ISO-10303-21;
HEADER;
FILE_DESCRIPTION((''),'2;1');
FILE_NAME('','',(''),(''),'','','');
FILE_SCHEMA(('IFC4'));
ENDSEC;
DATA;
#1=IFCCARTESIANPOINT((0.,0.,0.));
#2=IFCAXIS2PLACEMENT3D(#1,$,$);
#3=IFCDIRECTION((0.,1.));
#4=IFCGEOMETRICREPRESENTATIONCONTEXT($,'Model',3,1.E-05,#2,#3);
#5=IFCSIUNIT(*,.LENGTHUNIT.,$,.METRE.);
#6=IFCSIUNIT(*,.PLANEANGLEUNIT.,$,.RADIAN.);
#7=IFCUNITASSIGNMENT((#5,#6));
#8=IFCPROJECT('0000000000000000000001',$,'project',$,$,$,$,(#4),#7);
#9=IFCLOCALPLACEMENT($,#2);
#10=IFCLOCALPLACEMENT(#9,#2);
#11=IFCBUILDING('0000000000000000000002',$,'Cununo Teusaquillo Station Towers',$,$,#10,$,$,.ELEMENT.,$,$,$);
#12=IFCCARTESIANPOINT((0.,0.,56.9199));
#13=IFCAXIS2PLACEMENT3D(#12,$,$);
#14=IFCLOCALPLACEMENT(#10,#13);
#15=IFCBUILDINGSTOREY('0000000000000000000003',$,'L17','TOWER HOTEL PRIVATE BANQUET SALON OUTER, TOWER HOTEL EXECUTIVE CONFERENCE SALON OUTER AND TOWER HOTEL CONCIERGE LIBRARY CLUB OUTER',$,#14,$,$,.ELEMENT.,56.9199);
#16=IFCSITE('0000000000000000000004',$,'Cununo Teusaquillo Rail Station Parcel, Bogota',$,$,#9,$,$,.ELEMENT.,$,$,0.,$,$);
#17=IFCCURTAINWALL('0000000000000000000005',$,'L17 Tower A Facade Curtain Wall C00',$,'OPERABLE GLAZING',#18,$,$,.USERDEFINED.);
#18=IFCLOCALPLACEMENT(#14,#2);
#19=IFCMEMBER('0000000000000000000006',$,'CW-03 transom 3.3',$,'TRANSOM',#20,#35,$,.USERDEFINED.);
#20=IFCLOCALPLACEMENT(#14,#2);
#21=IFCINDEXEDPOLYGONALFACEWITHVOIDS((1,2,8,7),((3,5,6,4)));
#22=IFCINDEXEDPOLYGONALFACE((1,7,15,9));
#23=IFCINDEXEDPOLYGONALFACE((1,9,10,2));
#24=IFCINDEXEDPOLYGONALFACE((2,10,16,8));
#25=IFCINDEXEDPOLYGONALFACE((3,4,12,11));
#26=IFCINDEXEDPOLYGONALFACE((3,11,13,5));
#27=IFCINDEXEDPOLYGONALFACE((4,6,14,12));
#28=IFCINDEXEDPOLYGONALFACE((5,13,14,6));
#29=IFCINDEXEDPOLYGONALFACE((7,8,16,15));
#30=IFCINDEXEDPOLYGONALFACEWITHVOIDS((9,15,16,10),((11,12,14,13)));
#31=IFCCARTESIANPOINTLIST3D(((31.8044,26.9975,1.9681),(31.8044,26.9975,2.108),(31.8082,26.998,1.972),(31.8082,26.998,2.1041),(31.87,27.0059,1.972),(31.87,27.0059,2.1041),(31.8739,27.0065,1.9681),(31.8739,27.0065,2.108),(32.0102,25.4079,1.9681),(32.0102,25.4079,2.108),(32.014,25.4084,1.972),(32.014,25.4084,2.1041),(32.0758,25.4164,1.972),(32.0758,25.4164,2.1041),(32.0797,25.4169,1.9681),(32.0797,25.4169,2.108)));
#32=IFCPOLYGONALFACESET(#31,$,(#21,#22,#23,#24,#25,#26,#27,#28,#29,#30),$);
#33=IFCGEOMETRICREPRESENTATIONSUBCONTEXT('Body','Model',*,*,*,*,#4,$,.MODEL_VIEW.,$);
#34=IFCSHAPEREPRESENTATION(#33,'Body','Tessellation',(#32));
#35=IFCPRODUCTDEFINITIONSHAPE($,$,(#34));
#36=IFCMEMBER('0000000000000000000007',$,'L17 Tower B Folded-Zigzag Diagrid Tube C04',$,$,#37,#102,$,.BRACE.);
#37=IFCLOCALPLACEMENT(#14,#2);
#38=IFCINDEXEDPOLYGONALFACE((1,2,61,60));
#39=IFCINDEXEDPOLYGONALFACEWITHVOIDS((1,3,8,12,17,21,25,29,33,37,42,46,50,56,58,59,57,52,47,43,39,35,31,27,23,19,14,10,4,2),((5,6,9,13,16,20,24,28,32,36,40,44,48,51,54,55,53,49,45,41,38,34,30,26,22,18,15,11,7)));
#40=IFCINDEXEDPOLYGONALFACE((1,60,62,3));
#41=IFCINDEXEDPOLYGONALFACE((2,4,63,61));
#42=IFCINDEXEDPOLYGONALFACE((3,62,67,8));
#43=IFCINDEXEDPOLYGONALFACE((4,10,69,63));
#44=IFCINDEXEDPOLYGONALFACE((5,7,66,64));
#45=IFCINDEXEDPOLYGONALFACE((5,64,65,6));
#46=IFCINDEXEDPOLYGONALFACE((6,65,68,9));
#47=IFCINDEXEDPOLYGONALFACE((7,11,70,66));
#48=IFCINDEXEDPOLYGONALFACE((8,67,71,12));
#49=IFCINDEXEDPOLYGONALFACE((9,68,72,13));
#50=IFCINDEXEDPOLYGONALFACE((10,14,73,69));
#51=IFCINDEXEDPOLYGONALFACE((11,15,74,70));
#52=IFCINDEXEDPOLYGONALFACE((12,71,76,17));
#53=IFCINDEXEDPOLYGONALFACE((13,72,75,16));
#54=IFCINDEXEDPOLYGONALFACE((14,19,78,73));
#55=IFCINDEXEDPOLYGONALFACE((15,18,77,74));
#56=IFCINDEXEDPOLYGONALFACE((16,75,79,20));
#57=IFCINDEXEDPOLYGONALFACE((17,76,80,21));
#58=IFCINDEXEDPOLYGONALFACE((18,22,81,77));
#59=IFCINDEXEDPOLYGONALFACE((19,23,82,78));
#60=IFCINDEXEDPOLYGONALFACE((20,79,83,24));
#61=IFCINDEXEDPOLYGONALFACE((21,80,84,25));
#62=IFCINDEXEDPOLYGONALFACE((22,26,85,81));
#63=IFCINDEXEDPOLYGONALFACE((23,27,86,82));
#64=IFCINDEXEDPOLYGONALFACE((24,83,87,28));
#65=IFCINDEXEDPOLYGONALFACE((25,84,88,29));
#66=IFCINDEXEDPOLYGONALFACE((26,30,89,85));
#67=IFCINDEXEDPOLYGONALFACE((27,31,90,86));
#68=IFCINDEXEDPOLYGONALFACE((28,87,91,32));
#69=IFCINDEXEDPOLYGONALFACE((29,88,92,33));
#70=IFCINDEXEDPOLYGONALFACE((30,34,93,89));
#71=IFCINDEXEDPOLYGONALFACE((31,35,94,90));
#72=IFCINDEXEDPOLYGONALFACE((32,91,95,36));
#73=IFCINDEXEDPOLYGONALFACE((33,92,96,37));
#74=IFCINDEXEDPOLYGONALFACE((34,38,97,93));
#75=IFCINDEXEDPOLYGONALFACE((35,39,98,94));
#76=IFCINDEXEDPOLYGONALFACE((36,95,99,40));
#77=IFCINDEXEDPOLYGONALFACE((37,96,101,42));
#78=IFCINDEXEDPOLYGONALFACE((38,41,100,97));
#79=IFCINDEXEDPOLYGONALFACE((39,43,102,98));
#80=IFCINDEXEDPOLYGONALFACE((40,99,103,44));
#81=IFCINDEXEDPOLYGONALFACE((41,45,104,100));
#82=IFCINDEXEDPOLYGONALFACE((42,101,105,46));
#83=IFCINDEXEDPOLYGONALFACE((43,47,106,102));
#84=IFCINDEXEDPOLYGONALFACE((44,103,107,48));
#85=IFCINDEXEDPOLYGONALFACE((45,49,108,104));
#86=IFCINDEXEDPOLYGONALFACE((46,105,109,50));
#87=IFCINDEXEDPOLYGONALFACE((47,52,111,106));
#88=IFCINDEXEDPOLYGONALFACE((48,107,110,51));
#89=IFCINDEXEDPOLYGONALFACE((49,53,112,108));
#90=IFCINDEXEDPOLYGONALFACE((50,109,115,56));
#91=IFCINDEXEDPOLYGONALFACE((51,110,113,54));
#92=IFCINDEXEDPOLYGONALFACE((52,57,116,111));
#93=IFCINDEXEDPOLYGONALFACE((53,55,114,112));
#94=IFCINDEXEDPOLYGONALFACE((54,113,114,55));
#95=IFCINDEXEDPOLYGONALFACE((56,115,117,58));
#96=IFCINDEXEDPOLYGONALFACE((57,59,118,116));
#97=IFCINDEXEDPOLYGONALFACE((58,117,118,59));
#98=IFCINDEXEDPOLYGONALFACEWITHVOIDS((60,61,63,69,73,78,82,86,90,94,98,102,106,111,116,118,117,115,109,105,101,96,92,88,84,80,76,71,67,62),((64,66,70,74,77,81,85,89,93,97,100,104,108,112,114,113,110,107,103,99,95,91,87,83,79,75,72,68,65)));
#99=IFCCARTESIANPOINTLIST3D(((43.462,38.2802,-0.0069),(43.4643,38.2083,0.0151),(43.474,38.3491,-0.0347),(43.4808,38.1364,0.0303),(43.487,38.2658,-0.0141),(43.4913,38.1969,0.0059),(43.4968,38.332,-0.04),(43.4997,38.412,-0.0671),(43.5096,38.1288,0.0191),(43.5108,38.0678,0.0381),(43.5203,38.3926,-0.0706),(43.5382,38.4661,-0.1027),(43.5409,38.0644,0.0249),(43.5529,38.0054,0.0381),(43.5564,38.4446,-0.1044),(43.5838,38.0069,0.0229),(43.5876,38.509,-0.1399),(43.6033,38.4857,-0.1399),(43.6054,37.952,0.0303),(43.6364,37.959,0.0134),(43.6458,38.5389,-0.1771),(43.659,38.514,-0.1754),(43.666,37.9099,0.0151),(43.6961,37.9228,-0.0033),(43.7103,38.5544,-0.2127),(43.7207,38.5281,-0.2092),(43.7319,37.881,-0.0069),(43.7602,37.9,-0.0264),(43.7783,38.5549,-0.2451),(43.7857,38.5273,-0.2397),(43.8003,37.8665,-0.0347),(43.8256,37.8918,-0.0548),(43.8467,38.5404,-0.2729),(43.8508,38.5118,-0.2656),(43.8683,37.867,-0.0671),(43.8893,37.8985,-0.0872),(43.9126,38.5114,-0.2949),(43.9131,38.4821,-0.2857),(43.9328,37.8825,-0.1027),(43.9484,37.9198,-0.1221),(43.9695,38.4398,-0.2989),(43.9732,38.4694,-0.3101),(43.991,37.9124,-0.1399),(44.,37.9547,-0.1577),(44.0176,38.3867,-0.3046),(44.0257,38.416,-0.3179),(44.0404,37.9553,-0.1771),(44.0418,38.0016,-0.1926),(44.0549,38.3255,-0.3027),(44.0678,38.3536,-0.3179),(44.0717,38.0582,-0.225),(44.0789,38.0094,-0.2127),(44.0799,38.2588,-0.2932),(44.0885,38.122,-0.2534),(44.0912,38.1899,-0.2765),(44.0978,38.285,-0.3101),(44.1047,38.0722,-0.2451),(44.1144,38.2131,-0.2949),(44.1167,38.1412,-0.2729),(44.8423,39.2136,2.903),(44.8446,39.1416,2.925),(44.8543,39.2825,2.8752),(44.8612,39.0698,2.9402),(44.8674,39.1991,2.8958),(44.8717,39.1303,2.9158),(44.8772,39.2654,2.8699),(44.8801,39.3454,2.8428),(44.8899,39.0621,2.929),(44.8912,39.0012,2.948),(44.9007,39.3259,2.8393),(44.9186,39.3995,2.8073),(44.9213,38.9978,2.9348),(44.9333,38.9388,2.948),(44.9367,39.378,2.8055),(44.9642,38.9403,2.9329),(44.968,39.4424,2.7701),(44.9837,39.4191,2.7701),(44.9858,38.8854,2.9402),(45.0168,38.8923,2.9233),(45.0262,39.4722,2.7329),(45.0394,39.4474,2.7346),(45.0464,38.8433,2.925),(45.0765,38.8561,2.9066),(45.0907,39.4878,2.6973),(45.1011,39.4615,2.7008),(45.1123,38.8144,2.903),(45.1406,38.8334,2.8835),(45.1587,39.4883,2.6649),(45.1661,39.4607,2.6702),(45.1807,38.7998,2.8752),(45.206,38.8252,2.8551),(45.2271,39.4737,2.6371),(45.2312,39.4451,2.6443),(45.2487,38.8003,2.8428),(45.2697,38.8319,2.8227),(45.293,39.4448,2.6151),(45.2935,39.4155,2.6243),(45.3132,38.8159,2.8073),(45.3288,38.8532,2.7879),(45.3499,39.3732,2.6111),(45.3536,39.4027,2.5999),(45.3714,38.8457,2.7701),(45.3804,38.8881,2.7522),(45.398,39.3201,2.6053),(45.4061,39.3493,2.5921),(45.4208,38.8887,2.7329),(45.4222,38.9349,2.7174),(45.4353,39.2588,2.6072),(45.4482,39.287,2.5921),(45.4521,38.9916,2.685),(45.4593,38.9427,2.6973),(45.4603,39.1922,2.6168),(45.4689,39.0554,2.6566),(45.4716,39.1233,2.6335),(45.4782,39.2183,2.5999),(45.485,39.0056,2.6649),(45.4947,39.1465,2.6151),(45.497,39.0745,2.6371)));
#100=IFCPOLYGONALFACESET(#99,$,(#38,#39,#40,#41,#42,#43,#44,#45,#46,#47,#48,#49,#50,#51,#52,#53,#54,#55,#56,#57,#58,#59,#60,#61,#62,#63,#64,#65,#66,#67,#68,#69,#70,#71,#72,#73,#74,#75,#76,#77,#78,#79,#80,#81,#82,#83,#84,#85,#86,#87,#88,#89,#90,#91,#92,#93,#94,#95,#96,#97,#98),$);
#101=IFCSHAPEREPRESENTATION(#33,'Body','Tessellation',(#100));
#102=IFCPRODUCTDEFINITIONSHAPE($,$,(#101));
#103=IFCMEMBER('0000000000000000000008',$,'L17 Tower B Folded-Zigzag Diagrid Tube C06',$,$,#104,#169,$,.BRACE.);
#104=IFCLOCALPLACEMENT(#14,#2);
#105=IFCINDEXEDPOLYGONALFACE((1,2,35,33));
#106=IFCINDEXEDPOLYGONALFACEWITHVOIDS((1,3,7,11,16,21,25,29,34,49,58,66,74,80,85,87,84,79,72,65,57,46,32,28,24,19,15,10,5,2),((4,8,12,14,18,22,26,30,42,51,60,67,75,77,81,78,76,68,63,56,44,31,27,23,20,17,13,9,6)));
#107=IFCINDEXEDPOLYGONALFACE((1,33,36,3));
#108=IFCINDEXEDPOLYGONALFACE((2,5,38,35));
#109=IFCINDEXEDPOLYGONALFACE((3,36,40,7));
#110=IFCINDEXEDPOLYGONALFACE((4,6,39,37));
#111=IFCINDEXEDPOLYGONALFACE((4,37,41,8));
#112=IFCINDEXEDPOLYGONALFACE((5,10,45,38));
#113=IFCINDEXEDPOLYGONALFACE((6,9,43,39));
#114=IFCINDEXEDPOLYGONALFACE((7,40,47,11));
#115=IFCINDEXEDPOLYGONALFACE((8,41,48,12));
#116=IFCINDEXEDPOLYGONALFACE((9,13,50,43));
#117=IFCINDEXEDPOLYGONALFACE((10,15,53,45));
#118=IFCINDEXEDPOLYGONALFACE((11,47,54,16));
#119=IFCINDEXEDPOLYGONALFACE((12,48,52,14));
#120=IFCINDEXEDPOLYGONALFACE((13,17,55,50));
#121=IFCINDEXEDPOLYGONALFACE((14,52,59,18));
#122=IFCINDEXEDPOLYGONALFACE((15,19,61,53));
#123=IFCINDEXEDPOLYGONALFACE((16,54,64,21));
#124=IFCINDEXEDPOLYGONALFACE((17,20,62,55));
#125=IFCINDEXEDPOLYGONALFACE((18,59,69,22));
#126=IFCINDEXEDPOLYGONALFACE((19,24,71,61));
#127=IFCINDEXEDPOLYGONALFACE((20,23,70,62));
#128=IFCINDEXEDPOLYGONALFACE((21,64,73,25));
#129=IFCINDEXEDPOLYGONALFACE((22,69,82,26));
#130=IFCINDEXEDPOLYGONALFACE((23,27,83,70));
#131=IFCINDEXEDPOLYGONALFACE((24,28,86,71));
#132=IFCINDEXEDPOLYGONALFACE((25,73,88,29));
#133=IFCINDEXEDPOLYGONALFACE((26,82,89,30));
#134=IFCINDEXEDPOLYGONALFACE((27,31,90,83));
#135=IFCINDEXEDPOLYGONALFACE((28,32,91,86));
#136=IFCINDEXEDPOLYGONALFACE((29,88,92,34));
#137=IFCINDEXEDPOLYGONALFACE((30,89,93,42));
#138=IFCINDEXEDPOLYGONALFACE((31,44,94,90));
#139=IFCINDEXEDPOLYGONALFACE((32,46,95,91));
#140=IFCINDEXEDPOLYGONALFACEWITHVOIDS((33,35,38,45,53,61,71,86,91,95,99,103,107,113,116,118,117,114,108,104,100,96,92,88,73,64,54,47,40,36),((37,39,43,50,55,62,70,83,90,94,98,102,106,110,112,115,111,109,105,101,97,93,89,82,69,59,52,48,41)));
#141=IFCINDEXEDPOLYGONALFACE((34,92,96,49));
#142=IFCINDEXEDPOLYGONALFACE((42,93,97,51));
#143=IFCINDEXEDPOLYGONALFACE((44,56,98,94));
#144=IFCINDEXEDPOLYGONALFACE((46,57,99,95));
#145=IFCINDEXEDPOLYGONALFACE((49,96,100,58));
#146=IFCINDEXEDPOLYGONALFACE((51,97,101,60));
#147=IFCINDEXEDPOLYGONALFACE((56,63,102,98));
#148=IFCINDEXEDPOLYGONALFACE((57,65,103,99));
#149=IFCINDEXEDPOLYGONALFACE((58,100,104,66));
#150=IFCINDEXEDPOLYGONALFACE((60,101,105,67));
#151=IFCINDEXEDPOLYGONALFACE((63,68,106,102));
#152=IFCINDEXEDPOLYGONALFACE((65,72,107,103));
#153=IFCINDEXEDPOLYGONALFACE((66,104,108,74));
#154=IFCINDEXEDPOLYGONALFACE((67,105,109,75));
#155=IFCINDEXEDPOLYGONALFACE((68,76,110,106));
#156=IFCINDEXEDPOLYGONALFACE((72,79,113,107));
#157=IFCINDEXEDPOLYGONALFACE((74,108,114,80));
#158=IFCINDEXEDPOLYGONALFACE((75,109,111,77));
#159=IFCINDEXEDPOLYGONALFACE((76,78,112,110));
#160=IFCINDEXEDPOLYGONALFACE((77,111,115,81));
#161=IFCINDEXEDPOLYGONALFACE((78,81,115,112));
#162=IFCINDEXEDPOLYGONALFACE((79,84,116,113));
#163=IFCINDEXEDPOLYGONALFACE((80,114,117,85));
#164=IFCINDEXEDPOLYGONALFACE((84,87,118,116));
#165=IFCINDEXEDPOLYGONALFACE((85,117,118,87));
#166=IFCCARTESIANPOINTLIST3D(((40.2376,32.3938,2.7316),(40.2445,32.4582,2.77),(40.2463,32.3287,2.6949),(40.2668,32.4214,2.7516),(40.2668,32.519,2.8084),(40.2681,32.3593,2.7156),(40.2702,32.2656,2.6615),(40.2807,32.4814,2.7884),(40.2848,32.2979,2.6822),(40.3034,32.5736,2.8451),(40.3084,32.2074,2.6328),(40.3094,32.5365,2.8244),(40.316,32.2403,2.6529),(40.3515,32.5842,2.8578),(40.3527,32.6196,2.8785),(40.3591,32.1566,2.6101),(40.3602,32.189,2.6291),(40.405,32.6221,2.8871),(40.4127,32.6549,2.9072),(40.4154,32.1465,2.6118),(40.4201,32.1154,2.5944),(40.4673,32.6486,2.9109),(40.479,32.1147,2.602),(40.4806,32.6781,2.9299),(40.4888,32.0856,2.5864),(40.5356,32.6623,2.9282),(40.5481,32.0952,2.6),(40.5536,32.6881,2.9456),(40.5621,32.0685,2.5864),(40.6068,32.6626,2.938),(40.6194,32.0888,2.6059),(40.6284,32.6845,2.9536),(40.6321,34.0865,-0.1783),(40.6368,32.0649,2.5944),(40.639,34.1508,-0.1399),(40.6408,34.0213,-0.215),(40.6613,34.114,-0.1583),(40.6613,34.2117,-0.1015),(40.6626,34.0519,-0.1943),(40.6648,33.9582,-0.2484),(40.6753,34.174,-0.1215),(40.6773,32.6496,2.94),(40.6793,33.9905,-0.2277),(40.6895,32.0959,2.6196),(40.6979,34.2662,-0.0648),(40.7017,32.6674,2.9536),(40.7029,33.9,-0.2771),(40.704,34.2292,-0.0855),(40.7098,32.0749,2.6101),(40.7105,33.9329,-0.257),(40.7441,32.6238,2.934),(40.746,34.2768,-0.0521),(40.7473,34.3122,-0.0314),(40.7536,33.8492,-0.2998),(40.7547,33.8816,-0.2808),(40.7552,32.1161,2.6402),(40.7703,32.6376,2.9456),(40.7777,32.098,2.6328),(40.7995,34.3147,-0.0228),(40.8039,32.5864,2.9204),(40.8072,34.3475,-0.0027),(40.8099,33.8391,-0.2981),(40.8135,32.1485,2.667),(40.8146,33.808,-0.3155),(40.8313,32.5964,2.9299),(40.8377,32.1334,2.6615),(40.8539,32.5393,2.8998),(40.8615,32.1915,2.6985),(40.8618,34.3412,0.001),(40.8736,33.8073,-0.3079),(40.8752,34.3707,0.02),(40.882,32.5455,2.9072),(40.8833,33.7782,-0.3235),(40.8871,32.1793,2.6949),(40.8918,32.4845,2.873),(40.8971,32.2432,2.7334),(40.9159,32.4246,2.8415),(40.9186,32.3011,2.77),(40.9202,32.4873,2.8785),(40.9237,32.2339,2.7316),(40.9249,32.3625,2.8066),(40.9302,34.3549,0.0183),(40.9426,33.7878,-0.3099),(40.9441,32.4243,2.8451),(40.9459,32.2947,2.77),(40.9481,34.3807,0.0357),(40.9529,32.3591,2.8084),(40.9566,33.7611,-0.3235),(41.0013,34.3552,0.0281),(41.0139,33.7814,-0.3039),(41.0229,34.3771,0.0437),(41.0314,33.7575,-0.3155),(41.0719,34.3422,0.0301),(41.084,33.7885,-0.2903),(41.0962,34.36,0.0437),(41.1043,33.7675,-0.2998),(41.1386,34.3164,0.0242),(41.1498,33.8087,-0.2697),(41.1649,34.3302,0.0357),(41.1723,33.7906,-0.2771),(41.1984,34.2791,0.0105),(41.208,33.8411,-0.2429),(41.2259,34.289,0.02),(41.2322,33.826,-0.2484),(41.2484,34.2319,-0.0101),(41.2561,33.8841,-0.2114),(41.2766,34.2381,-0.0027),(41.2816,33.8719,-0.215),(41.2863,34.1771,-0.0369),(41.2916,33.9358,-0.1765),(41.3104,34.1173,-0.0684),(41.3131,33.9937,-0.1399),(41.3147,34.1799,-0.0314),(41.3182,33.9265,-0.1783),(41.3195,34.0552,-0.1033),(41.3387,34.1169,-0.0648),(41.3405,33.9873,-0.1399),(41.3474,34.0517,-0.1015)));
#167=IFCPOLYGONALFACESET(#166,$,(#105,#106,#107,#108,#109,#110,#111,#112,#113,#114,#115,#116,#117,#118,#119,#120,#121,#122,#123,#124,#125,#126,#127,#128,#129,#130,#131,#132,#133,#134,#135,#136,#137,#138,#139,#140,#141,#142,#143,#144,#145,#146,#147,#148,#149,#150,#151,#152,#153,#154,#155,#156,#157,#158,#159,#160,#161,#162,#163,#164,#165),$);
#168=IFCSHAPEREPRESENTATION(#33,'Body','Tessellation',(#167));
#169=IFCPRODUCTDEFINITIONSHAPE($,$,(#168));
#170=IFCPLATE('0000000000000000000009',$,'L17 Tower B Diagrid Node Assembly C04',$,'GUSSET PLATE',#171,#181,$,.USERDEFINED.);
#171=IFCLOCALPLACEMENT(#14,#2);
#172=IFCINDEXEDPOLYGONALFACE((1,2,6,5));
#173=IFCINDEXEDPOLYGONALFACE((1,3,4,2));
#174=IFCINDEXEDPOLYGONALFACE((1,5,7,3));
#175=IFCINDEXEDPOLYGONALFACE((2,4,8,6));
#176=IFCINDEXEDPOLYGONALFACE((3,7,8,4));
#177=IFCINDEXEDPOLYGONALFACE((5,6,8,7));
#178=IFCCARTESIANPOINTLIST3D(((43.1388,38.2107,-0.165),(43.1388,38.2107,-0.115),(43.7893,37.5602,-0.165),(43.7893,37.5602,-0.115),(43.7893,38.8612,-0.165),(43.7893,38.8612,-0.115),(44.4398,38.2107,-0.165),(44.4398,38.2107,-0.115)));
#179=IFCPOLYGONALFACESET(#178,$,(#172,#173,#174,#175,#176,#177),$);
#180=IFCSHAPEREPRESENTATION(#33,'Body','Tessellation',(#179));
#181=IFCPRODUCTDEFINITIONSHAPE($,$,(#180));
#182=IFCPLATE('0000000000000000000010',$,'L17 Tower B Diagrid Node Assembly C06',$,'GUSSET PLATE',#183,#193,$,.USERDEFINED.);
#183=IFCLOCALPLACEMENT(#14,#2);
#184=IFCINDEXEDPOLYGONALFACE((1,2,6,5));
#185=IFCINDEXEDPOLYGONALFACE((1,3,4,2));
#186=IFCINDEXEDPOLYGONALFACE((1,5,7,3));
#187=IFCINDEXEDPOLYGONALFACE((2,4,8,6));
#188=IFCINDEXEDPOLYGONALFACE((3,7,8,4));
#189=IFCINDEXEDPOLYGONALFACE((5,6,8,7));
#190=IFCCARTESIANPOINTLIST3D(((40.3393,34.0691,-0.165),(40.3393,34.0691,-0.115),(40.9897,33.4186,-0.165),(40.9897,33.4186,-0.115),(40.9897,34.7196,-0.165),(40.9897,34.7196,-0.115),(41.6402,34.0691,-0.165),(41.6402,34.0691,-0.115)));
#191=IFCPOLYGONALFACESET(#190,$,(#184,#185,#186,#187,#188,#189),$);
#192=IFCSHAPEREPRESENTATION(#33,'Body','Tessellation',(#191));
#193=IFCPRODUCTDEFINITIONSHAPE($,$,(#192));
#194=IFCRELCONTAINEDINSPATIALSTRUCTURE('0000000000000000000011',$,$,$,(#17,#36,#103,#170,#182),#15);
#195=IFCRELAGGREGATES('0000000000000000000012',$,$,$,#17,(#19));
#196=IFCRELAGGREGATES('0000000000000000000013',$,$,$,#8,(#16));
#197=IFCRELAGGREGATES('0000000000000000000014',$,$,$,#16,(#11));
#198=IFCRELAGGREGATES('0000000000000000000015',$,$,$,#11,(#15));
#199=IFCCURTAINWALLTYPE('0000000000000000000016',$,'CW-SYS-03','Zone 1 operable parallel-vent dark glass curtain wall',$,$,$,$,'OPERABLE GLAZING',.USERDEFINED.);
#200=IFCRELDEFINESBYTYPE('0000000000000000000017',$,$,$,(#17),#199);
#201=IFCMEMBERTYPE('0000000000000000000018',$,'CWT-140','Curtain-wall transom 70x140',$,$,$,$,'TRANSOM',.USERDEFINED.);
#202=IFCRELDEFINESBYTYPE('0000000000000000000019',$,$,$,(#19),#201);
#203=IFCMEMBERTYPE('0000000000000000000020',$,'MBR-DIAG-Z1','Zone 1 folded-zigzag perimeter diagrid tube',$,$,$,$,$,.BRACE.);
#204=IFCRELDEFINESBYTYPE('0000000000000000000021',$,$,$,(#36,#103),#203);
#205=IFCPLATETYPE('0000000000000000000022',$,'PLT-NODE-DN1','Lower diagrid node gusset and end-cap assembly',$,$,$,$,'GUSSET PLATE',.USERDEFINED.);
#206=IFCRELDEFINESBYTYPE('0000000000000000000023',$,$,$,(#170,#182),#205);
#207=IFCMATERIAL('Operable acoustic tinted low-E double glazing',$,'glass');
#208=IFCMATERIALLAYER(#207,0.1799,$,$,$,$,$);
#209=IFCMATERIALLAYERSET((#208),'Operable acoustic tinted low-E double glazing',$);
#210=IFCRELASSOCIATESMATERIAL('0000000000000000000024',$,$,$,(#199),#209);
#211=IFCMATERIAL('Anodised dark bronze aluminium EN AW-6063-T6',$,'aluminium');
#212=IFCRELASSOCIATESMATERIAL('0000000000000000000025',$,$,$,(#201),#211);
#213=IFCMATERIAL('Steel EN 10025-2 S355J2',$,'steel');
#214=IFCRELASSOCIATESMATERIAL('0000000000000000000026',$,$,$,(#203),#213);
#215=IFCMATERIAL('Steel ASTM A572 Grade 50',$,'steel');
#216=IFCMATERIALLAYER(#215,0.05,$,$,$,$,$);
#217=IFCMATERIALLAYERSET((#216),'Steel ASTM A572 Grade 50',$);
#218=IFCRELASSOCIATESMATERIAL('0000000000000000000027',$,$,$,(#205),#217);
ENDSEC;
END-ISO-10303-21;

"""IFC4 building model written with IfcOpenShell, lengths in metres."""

from ifc_helpers import new_model, si_unit, direction, frame, origin, origin_2d, place, context, subcontext, project, spatial, rectangle, hollow_rectangle, hollow_circle, extrude, source, transform, mapped, material, layer, layer_set, material_profile, profile_set, type_object, element, aggregate, save


model = new_model("IFC4")

# Units and contexts
model_context = context("Model", 3, precision=1e-05, world=origin(), true_north=direction((0.0, 1.0)))
body_context = subcontext(model_context, "Body", "Model", "MODEL_VIEW")
ifc_project = project(units=[si_unit("LENGTHUNIT", "METRE"), si_unit("PLANEANGLEUNIT", "RADIAN")], contexts=[model_context])

# Site, building, storey
site_placement = place(None, origin())
site = spatial("IfcSite", under=ifc_project, at=site_placement, Name="Cununo Teusaquillo Rail Station Parcel, Bogota", CompositionType="ELEMENT", RefElevation=0.0)
building_placement = place(site_placement, origin())
building = spatial("IfcBuilding", under=site, at=building_placement, Name="Cununo Teusaquillo Station Towers", CompositionType="ELEMENT")
storey_placement = place(building_placement, frame((0.0, 0.0, 56.9199)))
storey = spatial("IfcBuildingStorey", under=building, at=storey_placement, Name="L17", Description="TOWER HOTEL PRIVATE BANQUET SALON OUTER, TOWER HOTEL EXECUTIVE CONFERENCE SALON OUTER AND TOWER HOTEL CONCIERGE LIBRARY CLUB OUTER", CompositionType="ELEMENT", Elevation=56.9199)

# Curtain wall, member
ifc_material_1 = material(Name="Operable acoustic tinted low-E double glazing", Category="glass")
ifc_layer_1 = layer(ifc_material_1, 0.1799)
ifc_layer_set_1 = layer_set([ifc_layer_1], Name="Operable acoustic tinted low-E double glazing")
curtain_wall_type = type_object("IfcCurtainWallType", Name="CW-SYS-03", Description="Zone 1 operable parallel-vent dark glass curtain wall", ElementType="OPERABLE GLAZING", PredefinedType="USERDEFINED", material=ifc_layer_set_1)
curtain_wall_placement = place(storey_placement, origin())
curtain_wall = element("IfcCurtainWall", 1, at=curtain_wall_placement, inside=storey, type_object=curtain_wall_type, Name="L17 Tower A Facade Curtain Wall C00", ObjectType="OPERABLE GLAZING", PredefinedType="USERDEFINED")
ifc_material_2 = material(Name="Anodised dark bronze aluminium EN AW-6063-T6", Category="aluminium")
ifc_material_profile_1 = material_profile(ifc_material_2, hollow_rectangle(XDim=0.0701, YDim=0.1399, WallThickness=0.0039, at=origin_2d()), Name="CW-TRAN-70x140")
ifc_profile_set_1 = profile_set([ifc_material_profile_1], Name="Anodised dark bronze aluminium EN AW-6063-T6")
member_type_1 = type_object("IfcMemberType", Name="CWT-140", Description="Curtain-wall transom 70x140", ElementType="TRANSOM", PredefinedType="USERDEFINED", material=ifc_profile_set_1)
member_1_placement = place(storey_placement, frame((31.8391, 27.002, 2.0381), z_axis=(0.128401, -0.991722, 0.0), x_axis=(0.991722, 0.128401, 0.0)))
member_1 = element("IfcMember", 2, at=member_1_placement, type_object=member_type_1, Name="CW-03 transom 3.3", ObjectType="TRANSOM", PredefinedType="USERDEFINED", context=body_context, shape_type="SweptSolid", body=[
    extrude(hollow_rectangle(XDim=0.0701, YDim=0.1399, WallThickness=0.0039, at=origin_2d()), origin(), (0.0, 0.0, 1.0), 1.6028),
])

# Members
ifc_material_3 = material(Name="Steel EN 10025-2 S355J2", Category="steel")
ifc_material_profile_2 = material_profile(ifc_material_3, hollow_circle(Radius=0.3601, WallThickness=0.0281, at=origin_2d()), Name="CHS 720x28")
ifc_profile_set_2 = profile_set([ifc_material_profile_2], Name="Steel EN 10025-2 S355J2")
member_type_2 = type_object("IfcMemberType", Name="MBR-DIAG-Z1", Description="Zone 1 folded-zigzag perimeter diagrid tube", PredefinedType="BRACE", material=ifc_profile_set_2)
member_2_placement = place(storey_placement, frame((43.7893, 38.2107, -0.1399), z_axis=(0.411654, 0.278343, 0.867794), x_axis=(-0.560132, 0.828403, 0.0)))
element("IfcMember", 3, at=member_2_placement, inside=storey, type_object=member_type_2, Name="L17 Tower B Folded-Zigzag Diagrid Tube C04", PredefinedType="BRACE", context=body_context, shape_type="SweptSolid", body=[
    extrude(hollow_circle(Radius=0.3601, WallThickness=0.0281, at=origin_2d()), origin(), (0.0, 0.0, 1.0), 3.3533),
])
member_3_placement = place(storey_placement, frame((40.9897, 34.0691, -0.1399), z_axis=(-0.116401, -0.499384, 0.858526), x_axis=(0.973894, -0.227003, 0.0)))
element("IfcMember", 4, at=member_3_placement, inside=storey, type_object=member_type_2, Name="L17 Tower B Folded-Zigzag Diagrid Tube C06", PredefinedType="BRACE", context=body_context, shape_type="SweptSolid", body=[
    extrude(hollow_circle(Radius=0.3601, WallThickness=0.0281, at=origin_2d()), origin(), (0.0, 0.0, 1.0), 3.3894),
])

# Plates
ifc_material_4 = material(Name="Steel ASTM A572 Grade 50", Category="steel")
ifc_layer_2 = layer(ifc_material_4, 0.05)
ifc_layer_set_2 = layer_set([ifc_layer_2], Name="Steel ASTM A572 Grade 50")
plate_type_1 = type_object("IfcPlateType", Name="PLT-NODE-DN1", Description="Lower diagrid node gusset and end-cap assembly", ElementType="GUSSET PLATE", PredefinedType="USERDEFINED", material=ifc_layer_set_2)
shared_shape_1 = source(origin(), body_context, "Body", "SweptSolid", [
    extrude(rectangle(XDim=0.9199, YDim=0.9199, at=origin_2d()), origin(), (0.0, 0.0, 1.0), 0.05),
])
for number, where, z_axis, x_axis, name in (
    (5, (43.7893, 38.2107, -0.165), (0.0, 0.0, 1.0), (0.707107, 0.707107, 0.0), "L17 Tower B Diagrid Node Assembly C04"),
    (6, (40.9897, 34.0691, -0.165), (0.0, 0.0, 1.0), (0.707107, 0.707107, 0.0), "L17 Tower B Diagrid Node Assembly C06"),
):
    element("IfcPlate", number, at=place(storey_placement, frame(where, z_axis=z_axis, x_axis=x_axis)), inside=storey, type_object=plate_type_1, Name=name, ObjectType="GUSSET PLATE", PredefinedType="USERDEFINED", context=body_context, shape_type="MappedRepresentation", body=[
        mapped(shared_shape_1, transform((0.0, 0.0, 0.0), x_axis=(1.0, 0.0, 0.0), y_axis=(0.0, 1.0, 0.0), z_axis=(0.0, 0.0, 1.0), scale=1.0)),
    ])

aggregate(curtain_wall, [member_1])

save(model, "model.ifc")
